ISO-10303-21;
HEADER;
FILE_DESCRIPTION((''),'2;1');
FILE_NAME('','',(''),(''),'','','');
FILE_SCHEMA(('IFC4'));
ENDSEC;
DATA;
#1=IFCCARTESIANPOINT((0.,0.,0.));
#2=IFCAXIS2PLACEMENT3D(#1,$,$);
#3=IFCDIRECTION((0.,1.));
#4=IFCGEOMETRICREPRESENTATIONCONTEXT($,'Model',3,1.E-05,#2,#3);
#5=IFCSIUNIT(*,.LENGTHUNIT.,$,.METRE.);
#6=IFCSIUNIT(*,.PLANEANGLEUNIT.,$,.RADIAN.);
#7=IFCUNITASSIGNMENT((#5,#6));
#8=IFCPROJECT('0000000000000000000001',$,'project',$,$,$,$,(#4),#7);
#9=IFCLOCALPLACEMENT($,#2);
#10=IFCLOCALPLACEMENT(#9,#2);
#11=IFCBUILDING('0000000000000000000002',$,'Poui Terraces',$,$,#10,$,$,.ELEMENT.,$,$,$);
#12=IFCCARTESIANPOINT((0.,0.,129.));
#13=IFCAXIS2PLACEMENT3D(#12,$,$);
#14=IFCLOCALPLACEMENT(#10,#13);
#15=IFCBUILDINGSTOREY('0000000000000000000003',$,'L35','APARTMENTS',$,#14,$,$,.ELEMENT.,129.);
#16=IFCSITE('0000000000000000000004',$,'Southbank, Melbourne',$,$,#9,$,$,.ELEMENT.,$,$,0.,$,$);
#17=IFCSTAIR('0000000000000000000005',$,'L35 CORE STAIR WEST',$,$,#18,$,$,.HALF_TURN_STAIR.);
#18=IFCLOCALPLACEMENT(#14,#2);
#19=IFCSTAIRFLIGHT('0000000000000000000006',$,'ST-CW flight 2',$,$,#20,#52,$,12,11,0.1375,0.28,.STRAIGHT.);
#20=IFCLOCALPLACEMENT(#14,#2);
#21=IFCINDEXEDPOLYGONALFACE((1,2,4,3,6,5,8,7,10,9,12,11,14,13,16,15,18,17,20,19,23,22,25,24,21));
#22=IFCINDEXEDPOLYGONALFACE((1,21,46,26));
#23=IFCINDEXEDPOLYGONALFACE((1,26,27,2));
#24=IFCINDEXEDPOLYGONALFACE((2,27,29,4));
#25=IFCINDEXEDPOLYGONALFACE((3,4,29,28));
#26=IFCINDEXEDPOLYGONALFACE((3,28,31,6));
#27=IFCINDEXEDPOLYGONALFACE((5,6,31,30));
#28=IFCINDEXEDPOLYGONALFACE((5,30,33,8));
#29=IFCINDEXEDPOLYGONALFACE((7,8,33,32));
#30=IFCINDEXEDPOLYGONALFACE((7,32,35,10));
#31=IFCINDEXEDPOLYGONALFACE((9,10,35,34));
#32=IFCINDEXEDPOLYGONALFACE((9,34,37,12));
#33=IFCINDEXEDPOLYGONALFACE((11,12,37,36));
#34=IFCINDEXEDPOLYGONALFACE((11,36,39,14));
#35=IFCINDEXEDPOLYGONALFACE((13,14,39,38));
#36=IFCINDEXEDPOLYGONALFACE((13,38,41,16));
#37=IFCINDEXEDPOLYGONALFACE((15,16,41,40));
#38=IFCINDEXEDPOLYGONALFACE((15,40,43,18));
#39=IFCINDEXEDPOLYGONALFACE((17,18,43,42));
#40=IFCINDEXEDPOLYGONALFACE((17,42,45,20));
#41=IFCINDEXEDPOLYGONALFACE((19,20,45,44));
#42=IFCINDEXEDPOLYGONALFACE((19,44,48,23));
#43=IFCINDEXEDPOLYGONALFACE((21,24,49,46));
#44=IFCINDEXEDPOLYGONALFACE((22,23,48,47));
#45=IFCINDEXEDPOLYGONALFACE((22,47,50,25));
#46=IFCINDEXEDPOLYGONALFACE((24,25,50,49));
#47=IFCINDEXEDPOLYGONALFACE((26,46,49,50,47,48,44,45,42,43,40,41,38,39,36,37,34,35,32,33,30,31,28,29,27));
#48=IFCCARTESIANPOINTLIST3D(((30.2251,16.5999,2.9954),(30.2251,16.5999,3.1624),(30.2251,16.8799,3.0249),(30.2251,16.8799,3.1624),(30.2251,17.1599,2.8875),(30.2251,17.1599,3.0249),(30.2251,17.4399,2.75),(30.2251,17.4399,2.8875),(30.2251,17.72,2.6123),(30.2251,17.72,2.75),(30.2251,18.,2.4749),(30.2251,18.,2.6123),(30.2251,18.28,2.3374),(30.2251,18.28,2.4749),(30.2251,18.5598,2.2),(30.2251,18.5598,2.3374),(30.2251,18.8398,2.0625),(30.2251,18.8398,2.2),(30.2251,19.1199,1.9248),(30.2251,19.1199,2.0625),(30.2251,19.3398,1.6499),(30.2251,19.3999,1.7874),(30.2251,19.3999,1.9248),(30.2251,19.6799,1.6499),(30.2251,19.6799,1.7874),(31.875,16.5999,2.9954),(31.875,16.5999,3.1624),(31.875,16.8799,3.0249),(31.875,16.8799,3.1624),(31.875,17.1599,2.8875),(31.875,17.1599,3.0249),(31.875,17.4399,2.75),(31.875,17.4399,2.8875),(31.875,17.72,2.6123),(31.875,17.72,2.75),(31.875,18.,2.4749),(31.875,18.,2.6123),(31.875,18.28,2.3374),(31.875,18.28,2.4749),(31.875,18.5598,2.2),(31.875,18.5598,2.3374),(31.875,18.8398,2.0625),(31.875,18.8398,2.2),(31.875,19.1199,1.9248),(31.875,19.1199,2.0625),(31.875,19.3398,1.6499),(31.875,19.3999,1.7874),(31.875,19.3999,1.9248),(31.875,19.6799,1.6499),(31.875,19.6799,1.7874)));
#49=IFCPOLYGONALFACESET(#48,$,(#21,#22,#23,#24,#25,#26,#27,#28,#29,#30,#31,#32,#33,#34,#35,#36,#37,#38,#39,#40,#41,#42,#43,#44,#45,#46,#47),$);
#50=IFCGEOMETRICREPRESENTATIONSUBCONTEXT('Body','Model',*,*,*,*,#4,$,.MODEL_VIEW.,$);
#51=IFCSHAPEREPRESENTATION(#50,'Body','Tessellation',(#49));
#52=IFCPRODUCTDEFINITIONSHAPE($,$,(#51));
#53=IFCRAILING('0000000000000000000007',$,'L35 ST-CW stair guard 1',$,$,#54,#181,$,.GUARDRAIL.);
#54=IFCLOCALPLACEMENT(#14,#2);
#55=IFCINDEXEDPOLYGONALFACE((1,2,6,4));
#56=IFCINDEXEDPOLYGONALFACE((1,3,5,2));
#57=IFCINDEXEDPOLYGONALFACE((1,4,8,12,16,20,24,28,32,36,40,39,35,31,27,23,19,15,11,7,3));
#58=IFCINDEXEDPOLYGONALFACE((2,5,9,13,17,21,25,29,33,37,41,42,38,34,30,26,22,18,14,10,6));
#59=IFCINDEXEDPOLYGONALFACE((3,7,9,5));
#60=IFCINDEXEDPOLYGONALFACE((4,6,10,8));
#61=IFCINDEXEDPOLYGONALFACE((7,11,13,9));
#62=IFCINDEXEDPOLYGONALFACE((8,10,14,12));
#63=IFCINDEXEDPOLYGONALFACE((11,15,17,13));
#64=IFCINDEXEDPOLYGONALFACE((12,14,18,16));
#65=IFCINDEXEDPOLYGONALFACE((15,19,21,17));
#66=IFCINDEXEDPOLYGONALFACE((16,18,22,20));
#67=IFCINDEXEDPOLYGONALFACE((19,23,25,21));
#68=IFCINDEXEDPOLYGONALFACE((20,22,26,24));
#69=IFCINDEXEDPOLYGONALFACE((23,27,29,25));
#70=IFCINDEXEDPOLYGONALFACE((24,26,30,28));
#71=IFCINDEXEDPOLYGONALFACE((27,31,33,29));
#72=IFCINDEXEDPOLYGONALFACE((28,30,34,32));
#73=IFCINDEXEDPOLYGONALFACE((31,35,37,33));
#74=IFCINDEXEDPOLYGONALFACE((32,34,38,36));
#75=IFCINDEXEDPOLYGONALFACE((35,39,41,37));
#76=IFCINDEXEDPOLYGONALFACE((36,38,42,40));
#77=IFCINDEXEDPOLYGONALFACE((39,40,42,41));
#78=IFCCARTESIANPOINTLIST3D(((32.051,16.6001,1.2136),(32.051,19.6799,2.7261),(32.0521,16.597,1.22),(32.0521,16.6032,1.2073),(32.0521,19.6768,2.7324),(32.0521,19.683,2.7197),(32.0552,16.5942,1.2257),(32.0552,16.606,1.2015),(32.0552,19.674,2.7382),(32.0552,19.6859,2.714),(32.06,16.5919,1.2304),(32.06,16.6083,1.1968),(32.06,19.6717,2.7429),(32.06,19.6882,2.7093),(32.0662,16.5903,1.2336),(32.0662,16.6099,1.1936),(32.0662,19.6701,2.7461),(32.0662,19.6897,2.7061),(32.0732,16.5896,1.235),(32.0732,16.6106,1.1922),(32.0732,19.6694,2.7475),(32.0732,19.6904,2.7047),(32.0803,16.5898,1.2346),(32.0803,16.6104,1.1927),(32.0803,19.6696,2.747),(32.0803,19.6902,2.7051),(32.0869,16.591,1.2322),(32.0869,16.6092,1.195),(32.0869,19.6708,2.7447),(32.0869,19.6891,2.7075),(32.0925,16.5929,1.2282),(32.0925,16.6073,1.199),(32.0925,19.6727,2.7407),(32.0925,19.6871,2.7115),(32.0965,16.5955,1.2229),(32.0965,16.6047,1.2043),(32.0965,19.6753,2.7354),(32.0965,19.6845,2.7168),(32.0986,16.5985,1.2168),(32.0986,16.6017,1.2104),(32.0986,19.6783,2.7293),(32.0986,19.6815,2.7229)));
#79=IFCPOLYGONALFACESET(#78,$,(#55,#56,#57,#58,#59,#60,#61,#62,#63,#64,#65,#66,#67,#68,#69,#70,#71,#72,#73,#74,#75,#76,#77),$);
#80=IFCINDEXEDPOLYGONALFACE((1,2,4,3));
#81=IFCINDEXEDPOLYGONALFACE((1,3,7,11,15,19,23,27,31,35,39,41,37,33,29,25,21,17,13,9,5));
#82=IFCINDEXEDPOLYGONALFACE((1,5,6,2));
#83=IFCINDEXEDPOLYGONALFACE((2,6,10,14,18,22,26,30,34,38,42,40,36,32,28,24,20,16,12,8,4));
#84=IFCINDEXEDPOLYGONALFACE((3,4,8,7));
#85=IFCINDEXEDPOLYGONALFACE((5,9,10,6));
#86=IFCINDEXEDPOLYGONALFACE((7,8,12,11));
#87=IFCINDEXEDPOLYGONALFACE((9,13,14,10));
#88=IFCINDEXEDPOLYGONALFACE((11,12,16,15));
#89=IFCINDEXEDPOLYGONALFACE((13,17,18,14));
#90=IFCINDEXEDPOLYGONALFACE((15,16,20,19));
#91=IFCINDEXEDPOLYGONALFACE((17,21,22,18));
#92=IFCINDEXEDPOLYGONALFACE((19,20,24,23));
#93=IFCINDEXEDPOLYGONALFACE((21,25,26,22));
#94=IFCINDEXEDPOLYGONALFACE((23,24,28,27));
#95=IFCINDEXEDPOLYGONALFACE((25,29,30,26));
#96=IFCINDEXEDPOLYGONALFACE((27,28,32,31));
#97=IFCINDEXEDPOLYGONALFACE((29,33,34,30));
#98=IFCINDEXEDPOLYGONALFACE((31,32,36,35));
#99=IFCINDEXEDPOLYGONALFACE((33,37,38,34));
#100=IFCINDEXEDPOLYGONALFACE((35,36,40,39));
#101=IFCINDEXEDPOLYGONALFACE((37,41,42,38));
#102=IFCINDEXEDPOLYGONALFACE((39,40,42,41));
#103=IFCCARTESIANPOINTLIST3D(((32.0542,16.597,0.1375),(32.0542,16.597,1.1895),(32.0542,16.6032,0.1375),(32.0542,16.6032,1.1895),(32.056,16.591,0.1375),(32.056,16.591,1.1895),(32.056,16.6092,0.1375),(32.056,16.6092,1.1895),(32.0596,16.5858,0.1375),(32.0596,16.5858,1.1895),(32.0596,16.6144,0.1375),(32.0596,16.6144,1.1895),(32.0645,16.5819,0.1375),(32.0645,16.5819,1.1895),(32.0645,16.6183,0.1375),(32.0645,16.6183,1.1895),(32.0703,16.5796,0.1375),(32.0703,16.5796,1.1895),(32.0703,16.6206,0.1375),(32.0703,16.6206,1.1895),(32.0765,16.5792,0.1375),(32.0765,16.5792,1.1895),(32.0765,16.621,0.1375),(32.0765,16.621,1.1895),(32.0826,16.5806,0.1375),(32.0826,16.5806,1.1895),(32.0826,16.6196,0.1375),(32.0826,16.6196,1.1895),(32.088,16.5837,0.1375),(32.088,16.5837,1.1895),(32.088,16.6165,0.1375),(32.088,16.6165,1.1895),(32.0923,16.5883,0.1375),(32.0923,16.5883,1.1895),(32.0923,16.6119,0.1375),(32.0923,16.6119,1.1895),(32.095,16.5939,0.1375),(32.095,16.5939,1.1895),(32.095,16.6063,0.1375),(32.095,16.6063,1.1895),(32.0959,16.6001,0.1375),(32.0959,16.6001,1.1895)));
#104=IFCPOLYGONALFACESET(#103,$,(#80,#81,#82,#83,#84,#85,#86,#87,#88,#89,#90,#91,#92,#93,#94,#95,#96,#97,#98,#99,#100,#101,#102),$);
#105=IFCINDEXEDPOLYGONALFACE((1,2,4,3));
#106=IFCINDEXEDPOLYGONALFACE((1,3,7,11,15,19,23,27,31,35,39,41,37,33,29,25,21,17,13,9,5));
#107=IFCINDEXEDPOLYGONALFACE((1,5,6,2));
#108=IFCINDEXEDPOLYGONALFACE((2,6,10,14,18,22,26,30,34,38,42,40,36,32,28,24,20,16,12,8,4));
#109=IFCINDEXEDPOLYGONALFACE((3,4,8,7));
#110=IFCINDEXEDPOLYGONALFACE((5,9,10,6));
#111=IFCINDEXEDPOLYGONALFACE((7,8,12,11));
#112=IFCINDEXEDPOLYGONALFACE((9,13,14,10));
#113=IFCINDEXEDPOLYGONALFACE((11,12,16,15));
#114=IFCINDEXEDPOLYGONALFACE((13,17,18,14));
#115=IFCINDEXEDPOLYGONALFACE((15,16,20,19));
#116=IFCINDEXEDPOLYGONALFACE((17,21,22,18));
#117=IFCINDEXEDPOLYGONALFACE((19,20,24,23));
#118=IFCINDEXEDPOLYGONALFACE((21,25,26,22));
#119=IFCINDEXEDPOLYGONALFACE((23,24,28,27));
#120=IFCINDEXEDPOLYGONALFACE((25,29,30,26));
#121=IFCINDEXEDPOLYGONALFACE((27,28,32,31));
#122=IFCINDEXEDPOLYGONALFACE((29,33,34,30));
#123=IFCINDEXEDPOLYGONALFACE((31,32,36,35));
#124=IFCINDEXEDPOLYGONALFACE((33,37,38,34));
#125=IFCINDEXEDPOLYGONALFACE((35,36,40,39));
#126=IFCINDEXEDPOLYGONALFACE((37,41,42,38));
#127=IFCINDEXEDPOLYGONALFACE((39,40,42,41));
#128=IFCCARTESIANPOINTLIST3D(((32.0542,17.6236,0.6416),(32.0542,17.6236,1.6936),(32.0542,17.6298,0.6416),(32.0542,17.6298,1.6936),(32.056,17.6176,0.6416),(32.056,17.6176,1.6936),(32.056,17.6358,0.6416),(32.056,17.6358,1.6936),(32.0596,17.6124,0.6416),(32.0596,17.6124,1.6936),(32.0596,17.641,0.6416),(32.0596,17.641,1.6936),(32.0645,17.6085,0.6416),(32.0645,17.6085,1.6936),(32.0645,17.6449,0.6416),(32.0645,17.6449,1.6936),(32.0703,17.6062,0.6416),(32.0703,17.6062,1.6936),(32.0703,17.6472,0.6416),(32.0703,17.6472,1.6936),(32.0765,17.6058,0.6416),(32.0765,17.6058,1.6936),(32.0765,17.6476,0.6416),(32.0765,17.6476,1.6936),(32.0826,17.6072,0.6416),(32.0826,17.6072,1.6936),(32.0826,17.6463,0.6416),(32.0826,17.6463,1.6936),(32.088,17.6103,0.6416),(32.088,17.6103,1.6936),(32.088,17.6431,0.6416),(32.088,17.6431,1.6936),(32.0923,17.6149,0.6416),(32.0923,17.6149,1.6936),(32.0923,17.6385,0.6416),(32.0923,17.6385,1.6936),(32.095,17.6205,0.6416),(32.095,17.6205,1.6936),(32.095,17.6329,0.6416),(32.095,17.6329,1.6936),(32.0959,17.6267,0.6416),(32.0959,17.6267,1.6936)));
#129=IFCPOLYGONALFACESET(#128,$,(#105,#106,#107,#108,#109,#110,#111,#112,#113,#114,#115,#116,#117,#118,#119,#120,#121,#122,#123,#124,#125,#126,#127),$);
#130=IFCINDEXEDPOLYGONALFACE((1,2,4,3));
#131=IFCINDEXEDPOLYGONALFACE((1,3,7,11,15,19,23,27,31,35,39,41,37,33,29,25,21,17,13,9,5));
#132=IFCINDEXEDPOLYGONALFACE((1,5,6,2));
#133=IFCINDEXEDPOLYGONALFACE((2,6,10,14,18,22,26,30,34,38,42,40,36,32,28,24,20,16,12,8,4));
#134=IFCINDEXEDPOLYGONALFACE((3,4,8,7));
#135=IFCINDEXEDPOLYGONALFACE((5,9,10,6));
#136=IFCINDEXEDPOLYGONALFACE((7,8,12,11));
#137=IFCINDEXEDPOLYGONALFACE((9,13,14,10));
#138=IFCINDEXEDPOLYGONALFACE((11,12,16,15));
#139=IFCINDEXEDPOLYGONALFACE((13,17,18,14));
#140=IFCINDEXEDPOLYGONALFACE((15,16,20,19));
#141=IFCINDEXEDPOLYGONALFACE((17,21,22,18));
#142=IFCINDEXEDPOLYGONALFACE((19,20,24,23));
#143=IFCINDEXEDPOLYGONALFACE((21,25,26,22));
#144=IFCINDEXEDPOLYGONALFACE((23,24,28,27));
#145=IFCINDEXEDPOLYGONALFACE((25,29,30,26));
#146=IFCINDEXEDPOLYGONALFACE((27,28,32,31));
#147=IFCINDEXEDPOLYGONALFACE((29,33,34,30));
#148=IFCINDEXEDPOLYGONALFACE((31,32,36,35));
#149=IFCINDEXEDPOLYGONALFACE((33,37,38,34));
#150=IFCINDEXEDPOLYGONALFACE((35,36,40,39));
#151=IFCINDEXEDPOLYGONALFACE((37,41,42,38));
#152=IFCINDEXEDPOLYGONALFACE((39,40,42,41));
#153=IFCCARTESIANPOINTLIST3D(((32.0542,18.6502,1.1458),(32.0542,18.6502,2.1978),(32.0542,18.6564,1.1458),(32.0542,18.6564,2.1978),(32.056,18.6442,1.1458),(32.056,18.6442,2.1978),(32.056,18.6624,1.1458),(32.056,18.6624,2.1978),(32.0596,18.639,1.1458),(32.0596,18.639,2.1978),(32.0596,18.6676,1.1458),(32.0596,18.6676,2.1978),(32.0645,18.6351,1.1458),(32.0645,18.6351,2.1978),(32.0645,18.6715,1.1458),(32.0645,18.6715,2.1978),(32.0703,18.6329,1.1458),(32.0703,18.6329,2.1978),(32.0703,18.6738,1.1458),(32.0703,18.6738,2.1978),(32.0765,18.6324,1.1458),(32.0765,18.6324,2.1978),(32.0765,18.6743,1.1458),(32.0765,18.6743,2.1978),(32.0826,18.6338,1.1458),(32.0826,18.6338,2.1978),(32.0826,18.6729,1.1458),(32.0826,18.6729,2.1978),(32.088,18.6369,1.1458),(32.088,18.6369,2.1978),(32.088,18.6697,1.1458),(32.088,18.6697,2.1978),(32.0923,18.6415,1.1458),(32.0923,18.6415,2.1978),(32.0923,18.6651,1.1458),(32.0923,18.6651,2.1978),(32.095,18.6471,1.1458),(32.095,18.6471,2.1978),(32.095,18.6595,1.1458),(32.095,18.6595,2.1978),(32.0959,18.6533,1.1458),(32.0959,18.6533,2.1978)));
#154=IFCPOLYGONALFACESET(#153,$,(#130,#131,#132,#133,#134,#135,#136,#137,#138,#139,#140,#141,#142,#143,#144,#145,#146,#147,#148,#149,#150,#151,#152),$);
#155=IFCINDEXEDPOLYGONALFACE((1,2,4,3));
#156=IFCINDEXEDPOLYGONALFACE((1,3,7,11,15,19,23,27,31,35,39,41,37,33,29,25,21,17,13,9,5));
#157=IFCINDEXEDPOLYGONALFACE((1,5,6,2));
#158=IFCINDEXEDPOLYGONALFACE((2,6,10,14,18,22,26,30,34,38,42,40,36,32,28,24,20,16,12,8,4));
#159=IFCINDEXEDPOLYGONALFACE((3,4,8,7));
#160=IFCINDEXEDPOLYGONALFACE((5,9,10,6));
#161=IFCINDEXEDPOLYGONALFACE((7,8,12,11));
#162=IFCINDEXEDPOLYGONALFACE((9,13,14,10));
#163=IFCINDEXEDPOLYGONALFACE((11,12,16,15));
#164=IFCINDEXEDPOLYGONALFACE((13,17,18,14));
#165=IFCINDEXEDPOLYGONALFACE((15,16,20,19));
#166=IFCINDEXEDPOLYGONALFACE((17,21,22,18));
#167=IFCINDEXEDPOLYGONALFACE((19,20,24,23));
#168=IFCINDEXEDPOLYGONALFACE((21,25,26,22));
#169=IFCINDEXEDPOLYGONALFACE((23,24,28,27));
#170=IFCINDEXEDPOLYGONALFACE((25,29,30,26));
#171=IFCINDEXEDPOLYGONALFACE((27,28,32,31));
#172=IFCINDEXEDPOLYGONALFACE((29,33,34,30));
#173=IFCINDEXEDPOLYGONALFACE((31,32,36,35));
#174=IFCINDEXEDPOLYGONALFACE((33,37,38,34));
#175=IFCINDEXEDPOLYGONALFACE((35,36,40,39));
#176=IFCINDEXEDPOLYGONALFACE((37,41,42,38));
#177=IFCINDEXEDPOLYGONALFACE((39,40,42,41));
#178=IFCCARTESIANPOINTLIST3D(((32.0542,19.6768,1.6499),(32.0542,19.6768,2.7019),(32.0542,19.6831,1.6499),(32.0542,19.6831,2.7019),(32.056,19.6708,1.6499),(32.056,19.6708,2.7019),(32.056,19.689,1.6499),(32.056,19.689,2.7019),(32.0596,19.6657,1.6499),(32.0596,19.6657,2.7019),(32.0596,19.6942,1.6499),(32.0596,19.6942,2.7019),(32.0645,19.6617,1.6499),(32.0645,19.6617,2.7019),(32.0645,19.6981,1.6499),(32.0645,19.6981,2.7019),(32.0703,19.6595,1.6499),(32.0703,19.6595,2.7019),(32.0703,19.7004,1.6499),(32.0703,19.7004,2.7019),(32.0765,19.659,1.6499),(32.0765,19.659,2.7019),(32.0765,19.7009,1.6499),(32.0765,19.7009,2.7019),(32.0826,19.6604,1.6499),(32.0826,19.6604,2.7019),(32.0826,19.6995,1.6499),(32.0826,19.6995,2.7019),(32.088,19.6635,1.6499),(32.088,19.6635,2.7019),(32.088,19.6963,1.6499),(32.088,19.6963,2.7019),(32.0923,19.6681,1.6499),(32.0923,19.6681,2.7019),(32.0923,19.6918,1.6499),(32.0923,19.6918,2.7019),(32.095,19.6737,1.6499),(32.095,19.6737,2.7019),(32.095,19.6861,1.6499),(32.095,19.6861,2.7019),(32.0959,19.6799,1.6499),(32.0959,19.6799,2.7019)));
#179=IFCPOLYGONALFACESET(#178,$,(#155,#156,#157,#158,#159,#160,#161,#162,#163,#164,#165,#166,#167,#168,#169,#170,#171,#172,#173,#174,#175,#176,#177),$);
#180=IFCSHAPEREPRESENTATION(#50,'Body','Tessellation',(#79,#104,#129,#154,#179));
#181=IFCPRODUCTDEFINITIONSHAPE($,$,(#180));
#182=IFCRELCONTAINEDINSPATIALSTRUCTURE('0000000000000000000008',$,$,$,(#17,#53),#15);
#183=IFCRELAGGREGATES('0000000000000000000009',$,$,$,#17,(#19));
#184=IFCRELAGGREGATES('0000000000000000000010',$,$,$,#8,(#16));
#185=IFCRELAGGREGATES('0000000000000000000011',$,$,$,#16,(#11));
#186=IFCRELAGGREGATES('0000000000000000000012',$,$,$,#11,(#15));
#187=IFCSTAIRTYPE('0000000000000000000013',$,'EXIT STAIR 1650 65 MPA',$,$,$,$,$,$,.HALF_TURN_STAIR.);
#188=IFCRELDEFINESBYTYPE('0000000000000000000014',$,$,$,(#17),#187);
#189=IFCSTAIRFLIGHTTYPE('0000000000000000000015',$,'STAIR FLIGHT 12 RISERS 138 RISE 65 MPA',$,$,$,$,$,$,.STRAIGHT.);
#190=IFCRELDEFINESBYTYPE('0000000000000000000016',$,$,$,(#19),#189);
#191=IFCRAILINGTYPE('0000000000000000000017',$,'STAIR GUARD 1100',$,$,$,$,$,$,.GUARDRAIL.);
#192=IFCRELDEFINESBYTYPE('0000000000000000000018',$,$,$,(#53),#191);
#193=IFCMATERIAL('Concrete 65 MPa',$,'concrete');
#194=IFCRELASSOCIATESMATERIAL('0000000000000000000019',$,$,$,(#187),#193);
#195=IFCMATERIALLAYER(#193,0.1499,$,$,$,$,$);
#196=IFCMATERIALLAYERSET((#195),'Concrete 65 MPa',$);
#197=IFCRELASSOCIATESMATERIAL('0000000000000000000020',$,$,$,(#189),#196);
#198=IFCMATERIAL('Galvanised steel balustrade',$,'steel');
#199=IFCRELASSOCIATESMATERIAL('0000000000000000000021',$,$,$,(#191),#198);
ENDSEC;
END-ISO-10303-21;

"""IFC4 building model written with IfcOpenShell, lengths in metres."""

from ifc_helpers import new_model, si_unit, direction, frame, origin, origin_2d, place, context, subcontext, project, spatial, polyline, circle, outline, extrude, material, layer, layer_set, type_object, element, aggregate, save


model = new_model("IFC4")

# Units and contexts
model_context = context("Model", 3, precision=1e-05, world=origin(), true_north=direction((0.0, 1.0)))
body_context = subcontext(model_context, "Body", "Model", "MODEL_VIEW")
ifc_project = project(units=[si_unit("LENGTHUNIT", "METRE"), si_unit("PLANEANGLEUNIT", "RADIAN")], contexts=[model_context])

# Site, building, storey
site_placement = place(None, origin())
site = spatial("IfcSite", under=ifc_project, at=site_placement, Name="Southbank, Melbourne", CompositionType="ELEMENT", RefElevation=0.0)
building_placement = place(site_placement, origin())
building = spatial("IfcBuilding", under=site, at=building_placement, Name="Poui Terraces", CompositionType="ELEMENT")
storey_placement = place(building_placement, frame((0.0, 0.0, 129.0)))
storey = spatial("IfcBuildingStorey", under=building, at=storey_placement, Name="L35", Description="APARTMENTS", CompositionType="ELEMENT", Elevation=129.0)

# Shared definitions
ifc_material_1 = material(Name="Concrete 65 MPa", Category="concrete")

# Stair, stair flight
stair_type = type_object("IfcStairType", Name="EXIT STAIR 1650 65 MPA", PredefinedType="HALF_TURN_STAIR", material=ifc_material_1)
stair_placement = place(storey_placement, origin())
stair = element("IfcStair", 1, at=stair_placement, inside=storey, type_object=stair_type, Name="L35 CORE STAIR WEST", PredefinedType="HALF_TURN_STAIR")
ifc_layer_1 = layer(ifc_material_1, 0.1499)
ifc_layer_set_1 = layer_set([ifc_layer_1], Name="Concrete 65 MPa")
stair_flight_type = type_object("IfcStairFlightType", Name="STAIR FLIGHT 12 RISERS 138 RISE 65 MPA", PredefinedType="STRAIGHT", material=ifc_layer_set_1)
stair_flight_1_placement = place(storey_placement, frame((31.05, 19.6799, 1.6499), z_axis=(0.0, 0.0, 1.0), x_axis=(0.0, -1.0, 0.0)))
stair_flight_1 = element("IfcStairFlight", 2, at=stair_flight_1_placement, type_object=stair_flight_type, Name="ST-CW flight 2", NumberOfRisers=12, NumberOfTreads=11, PredefinedType="STRAIGHT", RiserHeight=0.1375, TreadLength=0.28, context=body_context, shape_type="SweptSolid", body=[
    extrude(outline(polyline([(0.0, 0.0), (0.0, 0.1375), (0.28, 0.1375), (0.28, 0.2749), (0.5601, 0.2749), (0.5601, 0.4126), (0.8401, 0.4126), (0.8401, 0.55), (1.1201, 0.55), (1.1201, 0.6875), (1.3999, 0.6875), (1.3999, 0.825), (1.6799, 0.825), (1.6799, 0.9624), (1.96, 0.9624), (1.96, 1.1001), (2.24, 1.1001), (2.24, 1.2375), (2.52, 1.2375), (2.52, 1.375), (2.8, 1.375), (2.8, 1.5125), (3.0801, 1.5125), (3.0801, 1.6499), (3.0801, 1.3455), (0.3401, 0.0), (0.0, 0.0)])), frame((0.0, 0.825, 0.0), z_axis=(0.0, -1.0, 0.0), x_axis=(1.0, 0.0, 0.0)), (0.0, 0.0, 1.0), 1.6499),
])
aggregate(stair, [stair_flight_1])

# Railing
ifc_material_2 = material(Name="Galvanised steel balustrade", Category="steel")
railing_type_1 = type_object("IfcRailingType", Name="STAIR GUARD 1100", PredefinedType="GUARDRAIL", material=ifc_material_2)
railing_1_placement = place(storey_placement, frame((32.075, 16.6001, 0.1375)))
element("IfcRailing", 3, at=railing_1_placement, inside=storey, type_object=railing_type_1, Name="L35 ST-CW stair guard 1", PredefinedType="GUARDRAIL", context=body_context, shape_type="SweptSolid", body=[
    extrude(circle(Radius=0.0239, at=origin_2d()), frame((0.0, 0.0, 1.0762), z_axis=(0.0, 0.897606, 0.440798), x_axis=(-1.0, 0.0, 0.0)), (0.0, 0.0, 1.0), 3.4312),
    extrude(circle(Radius=0.021, at=origin_2d()), origin(), (0.0, 0.0, 1.0), 1.052),
    extrude(circle(Radius=0.021, at=origin_2d()), frame((0.0, 1.0266, 0.5042)), (0.0, 0.0, 1.0), 1.052),
    extrude(circle(Radius=0.021, at=origin_2d()), frame((0.0, 2.0532, 1.0083)), (0.0, 0.0, 1.0), 1.052),
    extrude(circle(Radius=0.021, at=origin_2d()), frame((0.0, 3.0798, 1.5125)), (0.0, 0.0, 1.0), 1.052),
])

save(model, "model.ifc")
